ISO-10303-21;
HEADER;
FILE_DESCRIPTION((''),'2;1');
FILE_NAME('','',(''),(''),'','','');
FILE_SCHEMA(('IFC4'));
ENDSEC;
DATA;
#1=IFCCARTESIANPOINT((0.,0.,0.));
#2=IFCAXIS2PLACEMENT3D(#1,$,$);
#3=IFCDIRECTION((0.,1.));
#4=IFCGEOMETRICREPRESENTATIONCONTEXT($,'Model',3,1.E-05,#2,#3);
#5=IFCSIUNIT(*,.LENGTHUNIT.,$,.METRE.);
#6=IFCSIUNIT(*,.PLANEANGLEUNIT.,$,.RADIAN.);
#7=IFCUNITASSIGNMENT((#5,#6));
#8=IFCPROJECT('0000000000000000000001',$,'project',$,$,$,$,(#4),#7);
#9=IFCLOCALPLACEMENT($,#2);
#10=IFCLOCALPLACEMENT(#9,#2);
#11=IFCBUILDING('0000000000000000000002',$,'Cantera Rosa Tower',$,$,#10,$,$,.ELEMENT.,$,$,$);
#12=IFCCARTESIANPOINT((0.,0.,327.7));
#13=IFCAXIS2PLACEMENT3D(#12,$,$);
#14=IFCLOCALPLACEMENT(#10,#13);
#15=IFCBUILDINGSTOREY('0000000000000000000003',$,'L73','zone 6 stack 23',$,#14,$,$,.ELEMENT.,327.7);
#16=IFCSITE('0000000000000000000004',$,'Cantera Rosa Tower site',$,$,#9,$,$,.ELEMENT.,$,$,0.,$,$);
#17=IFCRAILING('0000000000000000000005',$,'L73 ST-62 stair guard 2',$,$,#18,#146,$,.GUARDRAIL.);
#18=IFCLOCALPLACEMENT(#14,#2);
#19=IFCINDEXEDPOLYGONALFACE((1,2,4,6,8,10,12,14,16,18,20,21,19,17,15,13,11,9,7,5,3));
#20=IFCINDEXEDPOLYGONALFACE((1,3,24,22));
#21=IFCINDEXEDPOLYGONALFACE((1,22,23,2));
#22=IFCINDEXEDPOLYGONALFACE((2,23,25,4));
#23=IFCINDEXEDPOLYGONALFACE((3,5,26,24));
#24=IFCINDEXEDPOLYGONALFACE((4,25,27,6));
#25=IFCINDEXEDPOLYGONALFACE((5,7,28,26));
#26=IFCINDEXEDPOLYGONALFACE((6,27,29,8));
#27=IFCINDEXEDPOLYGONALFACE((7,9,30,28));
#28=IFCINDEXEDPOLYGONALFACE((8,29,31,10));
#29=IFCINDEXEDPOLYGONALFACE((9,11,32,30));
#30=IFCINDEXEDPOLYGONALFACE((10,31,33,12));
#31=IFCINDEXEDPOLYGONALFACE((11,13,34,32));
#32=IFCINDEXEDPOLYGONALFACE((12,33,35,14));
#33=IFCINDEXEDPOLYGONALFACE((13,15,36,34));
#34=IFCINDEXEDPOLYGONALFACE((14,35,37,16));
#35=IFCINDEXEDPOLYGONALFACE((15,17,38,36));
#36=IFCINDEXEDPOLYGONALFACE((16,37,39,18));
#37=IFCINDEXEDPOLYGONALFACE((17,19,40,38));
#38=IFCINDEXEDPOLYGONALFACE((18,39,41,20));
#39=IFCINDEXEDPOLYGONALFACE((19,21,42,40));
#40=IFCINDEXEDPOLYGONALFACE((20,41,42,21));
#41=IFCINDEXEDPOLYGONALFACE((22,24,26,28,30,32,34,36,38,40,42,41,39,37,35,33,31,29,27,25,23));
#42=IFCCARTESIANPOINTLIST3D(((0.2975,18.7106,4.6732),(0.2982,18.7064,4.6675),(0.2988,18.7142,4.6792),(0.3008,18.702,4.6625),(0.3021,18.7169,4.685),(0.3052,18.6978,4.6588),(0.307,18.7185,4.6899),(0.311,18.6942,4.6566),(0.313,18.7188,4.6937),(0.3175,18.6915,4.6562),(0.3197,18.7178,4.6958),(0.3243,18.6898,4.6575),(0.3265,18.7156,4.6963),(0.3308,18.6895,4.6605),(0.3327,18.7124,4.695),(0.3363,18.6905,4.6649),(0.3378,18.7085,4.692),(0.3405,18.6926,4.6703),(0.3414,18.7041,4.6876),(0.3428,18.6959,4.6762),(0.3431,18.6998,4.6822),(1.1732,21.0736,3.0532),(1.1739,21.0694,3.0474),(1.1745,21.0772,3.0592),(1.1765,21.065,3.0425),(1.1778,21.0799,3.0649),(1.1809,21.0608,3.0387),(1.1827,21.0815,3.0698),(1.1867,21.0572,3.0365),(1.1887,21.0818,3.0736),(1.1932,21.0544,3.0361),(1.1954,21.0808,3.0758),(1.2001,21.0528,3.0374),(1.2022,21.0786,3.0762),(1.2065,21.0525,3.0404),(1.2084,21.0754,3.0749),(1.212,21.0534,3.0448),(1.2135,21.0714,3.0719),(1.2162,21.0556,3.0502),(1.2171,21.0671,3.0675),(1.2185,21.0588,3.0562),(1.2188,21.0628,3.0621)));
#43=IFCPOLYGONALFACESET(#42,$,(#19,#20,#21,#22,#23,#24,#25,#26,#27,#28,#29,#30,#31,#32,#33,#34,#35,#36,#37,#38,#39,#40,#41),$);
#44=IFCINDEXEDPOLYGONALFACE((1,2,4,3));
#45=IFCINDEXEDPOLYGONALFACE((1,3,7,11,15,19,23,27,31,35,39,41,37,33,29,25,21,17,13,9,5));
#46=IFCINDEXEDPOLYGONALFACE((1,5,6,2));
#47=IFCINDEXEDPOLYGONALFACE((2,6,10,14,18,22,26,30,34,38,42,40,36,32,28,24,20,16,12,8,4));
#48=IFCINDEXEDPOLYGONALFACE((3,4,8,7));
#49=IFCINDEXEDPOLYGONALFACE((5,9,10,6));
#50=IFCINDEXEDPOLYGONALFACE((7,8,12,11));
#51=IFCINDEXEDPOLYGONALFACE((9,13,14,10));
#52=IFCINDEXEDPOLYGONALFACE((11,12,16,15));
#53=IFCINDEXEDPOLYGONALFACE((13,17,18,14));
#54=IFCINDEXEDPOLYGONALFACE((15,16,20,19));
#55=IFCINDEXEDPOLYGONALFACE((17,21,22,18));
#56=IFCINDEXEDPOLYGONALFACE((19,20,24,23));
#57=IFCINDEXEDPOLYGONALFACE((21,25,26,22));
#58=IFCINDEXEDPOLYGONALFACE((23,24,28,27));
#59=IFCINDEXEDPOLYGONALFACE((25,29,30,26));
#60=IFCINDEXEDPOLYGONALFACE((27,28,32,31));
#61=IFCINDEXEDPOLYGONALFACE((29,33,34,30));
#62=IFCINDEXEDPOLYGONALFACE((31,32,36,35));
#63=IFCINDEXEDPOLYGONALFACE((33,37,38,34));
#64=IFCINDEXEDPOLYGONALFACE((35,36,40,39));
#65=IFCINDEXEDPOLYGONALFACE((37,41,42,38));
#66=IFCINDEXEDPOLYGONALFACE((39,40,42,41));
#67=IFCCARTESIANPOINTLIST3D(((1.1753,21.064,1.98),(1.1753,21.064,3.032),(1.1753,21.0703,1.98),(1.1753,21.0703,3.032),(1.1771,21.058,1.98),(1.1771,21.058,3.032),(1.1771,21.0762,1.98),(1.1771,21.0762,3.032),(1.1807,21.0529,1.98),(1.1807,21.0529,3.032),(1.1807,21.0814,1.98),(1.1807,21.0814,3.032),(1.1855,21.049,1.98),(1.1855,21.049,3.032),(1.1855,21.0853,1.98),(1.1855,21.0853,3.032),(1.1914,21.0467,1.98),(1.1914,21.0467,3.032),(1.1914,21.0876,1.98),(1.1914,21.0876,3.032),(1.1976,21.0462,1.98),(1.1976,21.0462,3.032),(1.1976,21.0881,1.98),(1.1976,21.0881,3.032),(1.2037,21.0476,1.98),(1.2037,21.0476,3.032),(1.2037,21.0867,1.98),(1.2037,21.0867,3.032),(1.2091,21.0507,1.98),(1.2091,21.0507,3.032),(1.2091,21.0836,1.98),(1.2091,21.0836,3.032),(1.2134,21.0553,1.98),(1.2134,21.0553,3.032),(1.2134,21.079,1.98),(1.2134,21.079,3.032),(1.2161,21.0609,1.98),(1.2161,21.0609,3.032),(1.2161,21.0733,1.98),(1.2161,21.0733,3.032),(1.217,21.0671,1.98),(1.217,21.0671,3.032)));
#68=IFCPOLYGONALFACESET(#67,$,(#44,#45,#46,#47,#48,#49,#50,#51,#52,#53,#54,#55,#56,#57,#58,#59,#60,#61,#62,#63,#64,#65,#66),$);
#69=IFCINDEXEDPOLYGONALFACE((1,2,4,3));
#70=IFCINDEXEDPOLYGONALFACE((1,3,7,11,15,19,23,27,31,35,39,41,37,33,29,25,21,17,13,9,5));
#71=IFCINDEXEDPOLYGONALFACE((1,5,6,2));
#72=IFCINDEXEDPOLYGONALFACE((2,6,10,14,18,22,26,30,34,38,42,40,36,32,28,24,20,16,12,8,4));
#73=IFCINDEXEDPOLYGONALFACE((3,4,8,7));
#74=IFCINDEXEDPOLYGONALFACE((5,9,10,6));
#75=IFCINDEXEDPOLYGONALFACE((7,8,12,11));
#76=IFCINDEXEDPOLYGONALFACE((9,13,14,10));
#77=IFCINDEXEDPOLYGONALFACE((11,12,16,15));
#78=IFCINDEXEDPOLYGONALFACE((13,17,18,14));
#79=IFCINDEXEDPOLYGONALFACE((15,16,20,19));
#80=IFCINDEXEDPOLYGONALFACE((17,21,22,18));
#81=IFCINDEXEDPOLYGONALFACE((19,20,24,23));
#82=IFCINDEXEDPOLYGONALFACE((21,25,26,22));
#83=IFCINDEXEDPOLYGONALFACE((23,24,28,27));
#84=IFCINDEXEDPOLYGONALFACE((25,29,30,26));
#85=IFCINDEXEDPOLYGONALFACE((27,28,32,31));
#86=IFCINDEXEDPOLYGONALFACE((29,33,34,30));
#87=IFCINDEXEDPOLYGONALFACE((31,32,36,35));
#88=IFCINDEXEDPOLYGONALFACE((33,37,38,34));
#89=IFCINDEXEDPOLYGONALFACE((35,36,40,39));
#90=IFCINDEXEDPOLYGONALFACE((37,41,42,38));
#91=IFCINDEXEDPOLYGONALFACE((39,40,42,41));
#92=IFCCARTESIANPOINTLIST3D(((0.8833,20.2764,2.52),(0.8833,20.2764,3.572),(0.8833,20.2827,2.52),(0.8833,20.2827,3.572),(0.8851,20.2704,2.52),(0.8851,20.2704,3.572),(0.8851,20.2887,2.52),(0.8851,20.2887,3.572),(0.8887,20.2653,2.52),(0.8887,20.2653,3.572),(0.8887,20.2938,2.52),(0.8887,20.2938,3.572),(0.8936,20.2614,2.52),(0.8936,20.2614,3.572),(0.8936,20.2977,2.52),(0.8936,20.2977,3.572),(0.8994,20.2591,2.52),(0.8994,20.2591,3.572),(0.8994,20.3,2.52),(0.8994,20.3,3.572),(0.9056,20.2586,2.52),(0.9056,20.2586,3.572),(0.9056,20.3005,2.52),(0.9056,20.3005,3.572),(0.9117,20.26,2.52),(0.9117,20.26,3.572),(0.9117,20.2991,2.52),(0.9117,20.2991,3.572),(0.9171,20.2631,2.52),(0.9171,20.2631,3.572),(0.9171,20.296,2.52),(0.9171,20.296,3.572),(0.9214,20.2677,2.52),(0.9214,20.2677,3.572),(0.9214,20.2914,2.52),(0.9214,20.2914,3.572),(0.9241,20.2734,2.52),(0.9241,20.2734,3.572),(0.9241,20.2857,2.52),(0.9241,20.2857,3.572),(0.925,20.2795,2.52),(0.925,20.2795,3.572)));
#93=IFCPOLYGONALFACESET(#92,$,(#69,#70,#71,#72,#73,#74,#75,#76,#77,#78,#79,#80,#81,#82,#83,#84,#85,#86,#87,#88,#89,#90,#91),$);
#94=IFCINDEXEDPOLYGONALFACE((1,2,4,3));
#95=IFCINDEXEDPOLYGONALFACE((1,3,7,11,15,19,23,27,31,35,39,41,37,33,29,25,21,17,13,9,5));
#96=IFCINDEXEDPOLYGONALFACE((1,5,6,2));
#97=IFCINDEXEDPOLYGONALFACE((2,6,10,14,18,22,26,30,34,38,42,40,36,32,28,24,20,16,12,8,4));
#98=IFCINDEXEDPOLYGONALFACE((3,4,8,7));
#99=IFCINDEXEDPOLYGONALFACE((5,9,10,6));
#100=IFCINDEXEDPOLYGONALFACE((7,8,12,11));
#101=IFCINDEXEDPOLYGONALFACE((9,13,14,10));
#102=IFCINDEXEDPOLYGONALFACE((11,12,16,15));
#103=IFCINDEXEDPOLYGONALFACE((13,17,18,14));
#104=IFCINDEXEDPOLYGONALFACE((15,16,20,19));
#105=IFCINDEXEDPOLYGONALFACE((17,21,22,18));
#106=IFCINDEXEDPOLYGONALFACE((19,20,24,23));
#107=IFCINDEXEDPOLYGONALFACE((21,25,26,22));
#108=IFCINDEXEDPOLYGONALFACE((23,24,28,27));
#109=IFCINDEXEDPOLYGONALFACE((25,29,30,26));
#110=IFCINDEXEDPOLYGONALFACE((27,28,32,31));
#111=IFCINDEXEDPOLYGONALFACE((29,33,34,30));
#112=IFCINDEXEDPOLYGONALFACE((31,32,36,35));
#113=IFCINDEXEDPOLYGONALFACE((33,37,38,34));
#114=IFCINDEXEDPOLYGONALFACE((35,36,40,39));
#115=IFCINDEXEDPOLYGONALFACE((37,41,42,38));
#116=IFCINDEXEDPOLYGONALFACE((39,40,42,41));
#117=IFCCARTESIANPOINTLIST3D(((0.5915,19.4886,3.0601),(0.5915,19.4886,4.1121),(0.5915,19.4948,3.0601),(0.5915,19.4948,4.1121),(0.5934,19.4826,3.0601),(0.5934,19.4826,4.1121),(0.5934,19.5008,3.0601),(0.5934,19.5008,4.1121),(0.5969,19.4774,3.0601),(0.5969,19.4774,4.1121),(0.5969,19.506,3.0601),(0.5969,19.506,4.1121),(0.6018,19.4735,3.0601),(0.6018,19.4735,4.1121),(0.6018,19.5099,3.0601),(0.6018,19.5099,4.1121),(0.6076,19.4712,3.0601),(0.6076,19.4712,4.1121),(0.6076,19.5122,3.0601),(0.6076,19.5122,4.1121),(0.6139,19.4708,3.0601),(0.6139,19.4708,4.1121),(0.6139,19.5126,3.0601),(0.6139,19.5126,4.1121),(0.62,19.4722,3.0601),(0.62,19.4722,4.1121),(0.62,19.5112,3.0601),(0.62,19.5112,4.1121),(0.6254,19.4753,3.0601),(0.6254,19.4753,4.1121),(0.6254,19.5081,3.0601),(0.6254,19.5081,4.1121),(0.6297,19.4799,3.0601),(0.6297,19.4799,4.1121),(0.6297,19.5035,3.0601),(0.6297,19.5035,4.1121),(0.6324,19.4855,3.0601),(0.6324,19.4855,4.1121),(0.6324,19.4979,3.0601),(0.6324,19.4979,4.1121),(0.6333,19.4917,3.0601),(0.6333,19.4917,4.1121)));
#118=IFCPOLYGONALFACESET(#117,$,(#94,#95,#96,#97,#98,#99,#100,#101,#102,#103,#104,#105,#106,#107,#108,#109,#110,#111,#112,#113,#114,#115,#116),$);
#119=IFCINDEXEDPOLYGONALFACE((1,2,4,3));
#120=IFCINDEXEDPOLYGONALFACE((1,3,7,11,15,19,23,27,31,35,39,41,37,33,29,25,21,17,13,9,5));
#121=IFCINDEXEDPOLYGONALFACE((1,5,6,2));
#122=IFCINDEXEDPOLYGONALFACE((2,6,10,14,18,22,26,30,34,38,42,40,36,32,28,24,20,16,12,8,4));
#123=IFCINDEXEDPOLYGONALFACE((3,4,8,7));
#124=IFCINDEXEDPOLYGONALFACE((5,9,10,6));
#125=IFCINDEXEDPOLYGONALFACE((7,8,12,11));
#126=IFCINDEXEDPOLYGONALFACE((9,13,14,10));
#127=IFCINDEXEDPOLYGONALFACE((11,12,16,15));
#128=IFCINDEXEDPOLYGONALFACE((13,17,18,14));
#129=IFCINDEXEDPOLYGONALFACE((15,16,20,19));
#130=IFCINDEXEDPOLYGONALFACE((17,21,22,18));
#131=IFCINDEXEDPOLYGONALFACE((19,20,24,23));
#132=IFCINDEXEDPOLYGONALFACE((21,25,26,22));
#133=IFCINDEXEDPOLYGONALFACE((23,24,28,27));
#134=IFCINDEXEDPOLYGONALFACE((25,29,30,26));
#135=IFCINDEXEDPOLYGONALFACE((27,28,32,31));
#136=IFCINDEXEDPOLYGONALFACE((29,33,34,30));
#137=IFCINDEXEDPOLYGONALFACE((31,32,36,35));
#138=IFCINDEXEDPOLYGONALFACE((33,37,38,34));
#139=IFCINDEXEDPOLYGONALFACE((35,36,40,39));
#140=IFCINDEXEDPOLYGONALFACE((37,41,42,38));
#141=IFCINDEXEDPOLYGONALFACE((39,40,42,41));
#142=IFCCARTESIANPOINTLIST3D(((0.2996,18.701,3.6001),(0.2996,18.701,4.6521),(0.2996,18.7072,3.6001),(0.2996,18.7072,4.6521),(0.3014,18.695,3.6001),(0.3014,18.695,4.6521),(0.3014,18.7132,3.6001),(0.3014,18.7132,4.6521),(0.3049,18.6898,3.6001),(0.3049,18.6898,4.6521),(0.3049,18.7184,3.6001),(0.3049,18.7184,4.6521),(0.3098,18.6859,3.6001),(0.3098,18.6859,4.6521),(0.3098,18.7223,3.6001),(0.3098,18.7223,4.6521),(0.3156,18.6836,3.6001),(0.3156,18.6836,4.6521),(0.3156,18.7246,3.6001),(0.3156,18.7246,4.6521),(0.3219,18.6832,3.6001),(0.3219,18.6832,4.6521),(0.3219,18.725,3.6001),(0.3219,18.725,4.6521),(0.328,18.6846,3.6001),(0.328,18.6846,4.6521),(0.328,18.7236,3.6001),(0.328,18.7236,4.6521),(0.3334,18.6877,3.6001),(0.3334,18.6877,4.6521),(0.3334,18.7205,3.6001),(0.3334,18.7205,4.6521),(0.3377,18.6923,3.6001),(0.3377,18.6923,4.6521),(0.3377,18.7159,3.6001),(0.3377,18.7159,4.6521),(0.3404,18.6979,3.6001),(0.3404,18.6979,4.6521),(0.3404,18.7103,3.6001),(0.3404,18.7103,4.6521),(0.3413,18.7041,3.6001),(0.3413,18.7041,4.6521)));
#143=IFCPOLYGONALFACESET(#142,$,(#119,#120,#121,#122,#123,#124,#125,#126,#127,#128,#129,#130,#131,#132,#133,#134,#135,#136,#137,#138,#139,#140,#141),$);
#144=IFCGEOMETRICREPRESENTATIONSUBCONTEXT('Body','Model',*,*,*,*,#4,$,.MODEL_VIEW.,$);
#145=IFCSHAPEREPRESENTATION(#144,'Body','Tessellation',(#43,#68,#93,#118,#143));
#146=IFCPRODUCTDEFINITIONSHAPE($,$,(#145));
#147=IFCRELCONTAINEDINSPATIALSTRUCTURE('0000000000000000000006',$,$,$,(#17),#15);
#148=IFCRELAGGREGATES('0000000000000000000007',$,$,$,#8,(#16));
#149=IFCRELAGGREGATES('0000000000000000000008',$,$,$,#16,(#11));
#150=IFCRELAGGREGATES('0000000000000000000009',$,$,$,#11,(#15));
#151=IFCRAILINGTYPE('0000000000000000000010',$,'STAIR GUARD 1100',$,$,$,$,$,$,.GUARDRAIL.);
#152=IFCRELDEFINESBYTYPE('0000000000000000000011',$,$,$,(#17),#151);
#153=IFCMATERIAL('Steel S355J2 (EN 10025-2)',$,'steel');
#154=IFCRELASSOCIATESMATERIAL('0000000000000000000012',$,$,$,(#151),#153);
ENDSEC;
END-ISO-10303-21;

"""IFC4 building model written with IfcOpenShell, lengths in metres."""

from ifc_helpers import new_model, si_unit, direction, frame, origin, origin_2d, place, context, subcontext, project, spatial, circle, extrude, material, type_object, element, save


model = new_model("IFC4")

# Units and contexts
model_context = context("Model", 3, precision=1e-05, world=origin(), true_north=direction((0.0, 1.0)))
body_context = subcontext(model_context, "Body", "Model", "MODEL_VIEW")
ifc_project = project(units=[si_unit("LENGTHUNIT", "METRE"), si_unit("PLANEANGLEUNIT", "RADIAN")], contexts=[model_context])

# Site, building, storey
site_placement = place(None, origin())
site = spatial("IfcSite", under=ifc_project, at=site_placement, Name="Cantera Rosa Tower site", CompositionType="ELEMENT", RefElevation=0.0)
building_placement = place(site_placement, origin())
building = spatial("IfcBuilding", under=site, at=building_placement, Name="Cantera Rosa Tower", CompositionType="ELEMENT")
storey_placement = place(building_placement, frame((0.0, 0.0, 327.7)))
storey = spatial("IfcBuildingStorey", under=building, at=storey_placement, Name="L73", Description="zone 6 stack 23", CompositionType="ELEMENT", Elevation=327.7)

# Railing
ifc_material_1 = material(Name="Steel S355J2 (EN 10025-2)", Category="steel")
railing_type_1 = type_object("IfcRailingType", Name="STAIR GUARD 1100", PredefinedType="GUARDRAIL", material=ifc_material_1)
railing_1_placement = place(storey_placement, frame((1.196, 21.0671, 1.98)))
element("IfcRailing", 1, at=railing_1_placement, inside=storey, type_object=railing_type_1, Name="L73 ST-62 stair guard 2", PredefinedType="GUARDRAIL", context=body_context, shape_type="SweptSolid", body=[
    extrude(circle(Radius=0.0239, at=origin_2d()), frame((0.0, 0.0, 1.0762), z_axis=(-0.292307, -0.788748, 0.540772), x_axis=(0.93768, -0.347501, 0.0)), (0.0, 0.0, 1.0), 2.9958),
    extrude(circle(Radius=0.021, at=origin_2d()), origin(), (0.0, 0.0, 1.0), 1.052),
    extrude(circle(Radius=0.021, at=origin_2d()), frame((-0.292, -0.7876, 0.54)), (0.0, 0.0, 1.0), 1.052),
    extrude(circle(Radius=0.021, at=origin_2d()), frame((-0.5837, -1.5754, 1.0801)), (0.0, 0.0, 1.0), 1.052),
    extrude(circle(Radius=0.021, at=origin_2d()), frame((-0.8757, -2.363, 1.6201)), (0.0, 0.0, 1.0), 1.052),
])

save(model, "model.ifc")
